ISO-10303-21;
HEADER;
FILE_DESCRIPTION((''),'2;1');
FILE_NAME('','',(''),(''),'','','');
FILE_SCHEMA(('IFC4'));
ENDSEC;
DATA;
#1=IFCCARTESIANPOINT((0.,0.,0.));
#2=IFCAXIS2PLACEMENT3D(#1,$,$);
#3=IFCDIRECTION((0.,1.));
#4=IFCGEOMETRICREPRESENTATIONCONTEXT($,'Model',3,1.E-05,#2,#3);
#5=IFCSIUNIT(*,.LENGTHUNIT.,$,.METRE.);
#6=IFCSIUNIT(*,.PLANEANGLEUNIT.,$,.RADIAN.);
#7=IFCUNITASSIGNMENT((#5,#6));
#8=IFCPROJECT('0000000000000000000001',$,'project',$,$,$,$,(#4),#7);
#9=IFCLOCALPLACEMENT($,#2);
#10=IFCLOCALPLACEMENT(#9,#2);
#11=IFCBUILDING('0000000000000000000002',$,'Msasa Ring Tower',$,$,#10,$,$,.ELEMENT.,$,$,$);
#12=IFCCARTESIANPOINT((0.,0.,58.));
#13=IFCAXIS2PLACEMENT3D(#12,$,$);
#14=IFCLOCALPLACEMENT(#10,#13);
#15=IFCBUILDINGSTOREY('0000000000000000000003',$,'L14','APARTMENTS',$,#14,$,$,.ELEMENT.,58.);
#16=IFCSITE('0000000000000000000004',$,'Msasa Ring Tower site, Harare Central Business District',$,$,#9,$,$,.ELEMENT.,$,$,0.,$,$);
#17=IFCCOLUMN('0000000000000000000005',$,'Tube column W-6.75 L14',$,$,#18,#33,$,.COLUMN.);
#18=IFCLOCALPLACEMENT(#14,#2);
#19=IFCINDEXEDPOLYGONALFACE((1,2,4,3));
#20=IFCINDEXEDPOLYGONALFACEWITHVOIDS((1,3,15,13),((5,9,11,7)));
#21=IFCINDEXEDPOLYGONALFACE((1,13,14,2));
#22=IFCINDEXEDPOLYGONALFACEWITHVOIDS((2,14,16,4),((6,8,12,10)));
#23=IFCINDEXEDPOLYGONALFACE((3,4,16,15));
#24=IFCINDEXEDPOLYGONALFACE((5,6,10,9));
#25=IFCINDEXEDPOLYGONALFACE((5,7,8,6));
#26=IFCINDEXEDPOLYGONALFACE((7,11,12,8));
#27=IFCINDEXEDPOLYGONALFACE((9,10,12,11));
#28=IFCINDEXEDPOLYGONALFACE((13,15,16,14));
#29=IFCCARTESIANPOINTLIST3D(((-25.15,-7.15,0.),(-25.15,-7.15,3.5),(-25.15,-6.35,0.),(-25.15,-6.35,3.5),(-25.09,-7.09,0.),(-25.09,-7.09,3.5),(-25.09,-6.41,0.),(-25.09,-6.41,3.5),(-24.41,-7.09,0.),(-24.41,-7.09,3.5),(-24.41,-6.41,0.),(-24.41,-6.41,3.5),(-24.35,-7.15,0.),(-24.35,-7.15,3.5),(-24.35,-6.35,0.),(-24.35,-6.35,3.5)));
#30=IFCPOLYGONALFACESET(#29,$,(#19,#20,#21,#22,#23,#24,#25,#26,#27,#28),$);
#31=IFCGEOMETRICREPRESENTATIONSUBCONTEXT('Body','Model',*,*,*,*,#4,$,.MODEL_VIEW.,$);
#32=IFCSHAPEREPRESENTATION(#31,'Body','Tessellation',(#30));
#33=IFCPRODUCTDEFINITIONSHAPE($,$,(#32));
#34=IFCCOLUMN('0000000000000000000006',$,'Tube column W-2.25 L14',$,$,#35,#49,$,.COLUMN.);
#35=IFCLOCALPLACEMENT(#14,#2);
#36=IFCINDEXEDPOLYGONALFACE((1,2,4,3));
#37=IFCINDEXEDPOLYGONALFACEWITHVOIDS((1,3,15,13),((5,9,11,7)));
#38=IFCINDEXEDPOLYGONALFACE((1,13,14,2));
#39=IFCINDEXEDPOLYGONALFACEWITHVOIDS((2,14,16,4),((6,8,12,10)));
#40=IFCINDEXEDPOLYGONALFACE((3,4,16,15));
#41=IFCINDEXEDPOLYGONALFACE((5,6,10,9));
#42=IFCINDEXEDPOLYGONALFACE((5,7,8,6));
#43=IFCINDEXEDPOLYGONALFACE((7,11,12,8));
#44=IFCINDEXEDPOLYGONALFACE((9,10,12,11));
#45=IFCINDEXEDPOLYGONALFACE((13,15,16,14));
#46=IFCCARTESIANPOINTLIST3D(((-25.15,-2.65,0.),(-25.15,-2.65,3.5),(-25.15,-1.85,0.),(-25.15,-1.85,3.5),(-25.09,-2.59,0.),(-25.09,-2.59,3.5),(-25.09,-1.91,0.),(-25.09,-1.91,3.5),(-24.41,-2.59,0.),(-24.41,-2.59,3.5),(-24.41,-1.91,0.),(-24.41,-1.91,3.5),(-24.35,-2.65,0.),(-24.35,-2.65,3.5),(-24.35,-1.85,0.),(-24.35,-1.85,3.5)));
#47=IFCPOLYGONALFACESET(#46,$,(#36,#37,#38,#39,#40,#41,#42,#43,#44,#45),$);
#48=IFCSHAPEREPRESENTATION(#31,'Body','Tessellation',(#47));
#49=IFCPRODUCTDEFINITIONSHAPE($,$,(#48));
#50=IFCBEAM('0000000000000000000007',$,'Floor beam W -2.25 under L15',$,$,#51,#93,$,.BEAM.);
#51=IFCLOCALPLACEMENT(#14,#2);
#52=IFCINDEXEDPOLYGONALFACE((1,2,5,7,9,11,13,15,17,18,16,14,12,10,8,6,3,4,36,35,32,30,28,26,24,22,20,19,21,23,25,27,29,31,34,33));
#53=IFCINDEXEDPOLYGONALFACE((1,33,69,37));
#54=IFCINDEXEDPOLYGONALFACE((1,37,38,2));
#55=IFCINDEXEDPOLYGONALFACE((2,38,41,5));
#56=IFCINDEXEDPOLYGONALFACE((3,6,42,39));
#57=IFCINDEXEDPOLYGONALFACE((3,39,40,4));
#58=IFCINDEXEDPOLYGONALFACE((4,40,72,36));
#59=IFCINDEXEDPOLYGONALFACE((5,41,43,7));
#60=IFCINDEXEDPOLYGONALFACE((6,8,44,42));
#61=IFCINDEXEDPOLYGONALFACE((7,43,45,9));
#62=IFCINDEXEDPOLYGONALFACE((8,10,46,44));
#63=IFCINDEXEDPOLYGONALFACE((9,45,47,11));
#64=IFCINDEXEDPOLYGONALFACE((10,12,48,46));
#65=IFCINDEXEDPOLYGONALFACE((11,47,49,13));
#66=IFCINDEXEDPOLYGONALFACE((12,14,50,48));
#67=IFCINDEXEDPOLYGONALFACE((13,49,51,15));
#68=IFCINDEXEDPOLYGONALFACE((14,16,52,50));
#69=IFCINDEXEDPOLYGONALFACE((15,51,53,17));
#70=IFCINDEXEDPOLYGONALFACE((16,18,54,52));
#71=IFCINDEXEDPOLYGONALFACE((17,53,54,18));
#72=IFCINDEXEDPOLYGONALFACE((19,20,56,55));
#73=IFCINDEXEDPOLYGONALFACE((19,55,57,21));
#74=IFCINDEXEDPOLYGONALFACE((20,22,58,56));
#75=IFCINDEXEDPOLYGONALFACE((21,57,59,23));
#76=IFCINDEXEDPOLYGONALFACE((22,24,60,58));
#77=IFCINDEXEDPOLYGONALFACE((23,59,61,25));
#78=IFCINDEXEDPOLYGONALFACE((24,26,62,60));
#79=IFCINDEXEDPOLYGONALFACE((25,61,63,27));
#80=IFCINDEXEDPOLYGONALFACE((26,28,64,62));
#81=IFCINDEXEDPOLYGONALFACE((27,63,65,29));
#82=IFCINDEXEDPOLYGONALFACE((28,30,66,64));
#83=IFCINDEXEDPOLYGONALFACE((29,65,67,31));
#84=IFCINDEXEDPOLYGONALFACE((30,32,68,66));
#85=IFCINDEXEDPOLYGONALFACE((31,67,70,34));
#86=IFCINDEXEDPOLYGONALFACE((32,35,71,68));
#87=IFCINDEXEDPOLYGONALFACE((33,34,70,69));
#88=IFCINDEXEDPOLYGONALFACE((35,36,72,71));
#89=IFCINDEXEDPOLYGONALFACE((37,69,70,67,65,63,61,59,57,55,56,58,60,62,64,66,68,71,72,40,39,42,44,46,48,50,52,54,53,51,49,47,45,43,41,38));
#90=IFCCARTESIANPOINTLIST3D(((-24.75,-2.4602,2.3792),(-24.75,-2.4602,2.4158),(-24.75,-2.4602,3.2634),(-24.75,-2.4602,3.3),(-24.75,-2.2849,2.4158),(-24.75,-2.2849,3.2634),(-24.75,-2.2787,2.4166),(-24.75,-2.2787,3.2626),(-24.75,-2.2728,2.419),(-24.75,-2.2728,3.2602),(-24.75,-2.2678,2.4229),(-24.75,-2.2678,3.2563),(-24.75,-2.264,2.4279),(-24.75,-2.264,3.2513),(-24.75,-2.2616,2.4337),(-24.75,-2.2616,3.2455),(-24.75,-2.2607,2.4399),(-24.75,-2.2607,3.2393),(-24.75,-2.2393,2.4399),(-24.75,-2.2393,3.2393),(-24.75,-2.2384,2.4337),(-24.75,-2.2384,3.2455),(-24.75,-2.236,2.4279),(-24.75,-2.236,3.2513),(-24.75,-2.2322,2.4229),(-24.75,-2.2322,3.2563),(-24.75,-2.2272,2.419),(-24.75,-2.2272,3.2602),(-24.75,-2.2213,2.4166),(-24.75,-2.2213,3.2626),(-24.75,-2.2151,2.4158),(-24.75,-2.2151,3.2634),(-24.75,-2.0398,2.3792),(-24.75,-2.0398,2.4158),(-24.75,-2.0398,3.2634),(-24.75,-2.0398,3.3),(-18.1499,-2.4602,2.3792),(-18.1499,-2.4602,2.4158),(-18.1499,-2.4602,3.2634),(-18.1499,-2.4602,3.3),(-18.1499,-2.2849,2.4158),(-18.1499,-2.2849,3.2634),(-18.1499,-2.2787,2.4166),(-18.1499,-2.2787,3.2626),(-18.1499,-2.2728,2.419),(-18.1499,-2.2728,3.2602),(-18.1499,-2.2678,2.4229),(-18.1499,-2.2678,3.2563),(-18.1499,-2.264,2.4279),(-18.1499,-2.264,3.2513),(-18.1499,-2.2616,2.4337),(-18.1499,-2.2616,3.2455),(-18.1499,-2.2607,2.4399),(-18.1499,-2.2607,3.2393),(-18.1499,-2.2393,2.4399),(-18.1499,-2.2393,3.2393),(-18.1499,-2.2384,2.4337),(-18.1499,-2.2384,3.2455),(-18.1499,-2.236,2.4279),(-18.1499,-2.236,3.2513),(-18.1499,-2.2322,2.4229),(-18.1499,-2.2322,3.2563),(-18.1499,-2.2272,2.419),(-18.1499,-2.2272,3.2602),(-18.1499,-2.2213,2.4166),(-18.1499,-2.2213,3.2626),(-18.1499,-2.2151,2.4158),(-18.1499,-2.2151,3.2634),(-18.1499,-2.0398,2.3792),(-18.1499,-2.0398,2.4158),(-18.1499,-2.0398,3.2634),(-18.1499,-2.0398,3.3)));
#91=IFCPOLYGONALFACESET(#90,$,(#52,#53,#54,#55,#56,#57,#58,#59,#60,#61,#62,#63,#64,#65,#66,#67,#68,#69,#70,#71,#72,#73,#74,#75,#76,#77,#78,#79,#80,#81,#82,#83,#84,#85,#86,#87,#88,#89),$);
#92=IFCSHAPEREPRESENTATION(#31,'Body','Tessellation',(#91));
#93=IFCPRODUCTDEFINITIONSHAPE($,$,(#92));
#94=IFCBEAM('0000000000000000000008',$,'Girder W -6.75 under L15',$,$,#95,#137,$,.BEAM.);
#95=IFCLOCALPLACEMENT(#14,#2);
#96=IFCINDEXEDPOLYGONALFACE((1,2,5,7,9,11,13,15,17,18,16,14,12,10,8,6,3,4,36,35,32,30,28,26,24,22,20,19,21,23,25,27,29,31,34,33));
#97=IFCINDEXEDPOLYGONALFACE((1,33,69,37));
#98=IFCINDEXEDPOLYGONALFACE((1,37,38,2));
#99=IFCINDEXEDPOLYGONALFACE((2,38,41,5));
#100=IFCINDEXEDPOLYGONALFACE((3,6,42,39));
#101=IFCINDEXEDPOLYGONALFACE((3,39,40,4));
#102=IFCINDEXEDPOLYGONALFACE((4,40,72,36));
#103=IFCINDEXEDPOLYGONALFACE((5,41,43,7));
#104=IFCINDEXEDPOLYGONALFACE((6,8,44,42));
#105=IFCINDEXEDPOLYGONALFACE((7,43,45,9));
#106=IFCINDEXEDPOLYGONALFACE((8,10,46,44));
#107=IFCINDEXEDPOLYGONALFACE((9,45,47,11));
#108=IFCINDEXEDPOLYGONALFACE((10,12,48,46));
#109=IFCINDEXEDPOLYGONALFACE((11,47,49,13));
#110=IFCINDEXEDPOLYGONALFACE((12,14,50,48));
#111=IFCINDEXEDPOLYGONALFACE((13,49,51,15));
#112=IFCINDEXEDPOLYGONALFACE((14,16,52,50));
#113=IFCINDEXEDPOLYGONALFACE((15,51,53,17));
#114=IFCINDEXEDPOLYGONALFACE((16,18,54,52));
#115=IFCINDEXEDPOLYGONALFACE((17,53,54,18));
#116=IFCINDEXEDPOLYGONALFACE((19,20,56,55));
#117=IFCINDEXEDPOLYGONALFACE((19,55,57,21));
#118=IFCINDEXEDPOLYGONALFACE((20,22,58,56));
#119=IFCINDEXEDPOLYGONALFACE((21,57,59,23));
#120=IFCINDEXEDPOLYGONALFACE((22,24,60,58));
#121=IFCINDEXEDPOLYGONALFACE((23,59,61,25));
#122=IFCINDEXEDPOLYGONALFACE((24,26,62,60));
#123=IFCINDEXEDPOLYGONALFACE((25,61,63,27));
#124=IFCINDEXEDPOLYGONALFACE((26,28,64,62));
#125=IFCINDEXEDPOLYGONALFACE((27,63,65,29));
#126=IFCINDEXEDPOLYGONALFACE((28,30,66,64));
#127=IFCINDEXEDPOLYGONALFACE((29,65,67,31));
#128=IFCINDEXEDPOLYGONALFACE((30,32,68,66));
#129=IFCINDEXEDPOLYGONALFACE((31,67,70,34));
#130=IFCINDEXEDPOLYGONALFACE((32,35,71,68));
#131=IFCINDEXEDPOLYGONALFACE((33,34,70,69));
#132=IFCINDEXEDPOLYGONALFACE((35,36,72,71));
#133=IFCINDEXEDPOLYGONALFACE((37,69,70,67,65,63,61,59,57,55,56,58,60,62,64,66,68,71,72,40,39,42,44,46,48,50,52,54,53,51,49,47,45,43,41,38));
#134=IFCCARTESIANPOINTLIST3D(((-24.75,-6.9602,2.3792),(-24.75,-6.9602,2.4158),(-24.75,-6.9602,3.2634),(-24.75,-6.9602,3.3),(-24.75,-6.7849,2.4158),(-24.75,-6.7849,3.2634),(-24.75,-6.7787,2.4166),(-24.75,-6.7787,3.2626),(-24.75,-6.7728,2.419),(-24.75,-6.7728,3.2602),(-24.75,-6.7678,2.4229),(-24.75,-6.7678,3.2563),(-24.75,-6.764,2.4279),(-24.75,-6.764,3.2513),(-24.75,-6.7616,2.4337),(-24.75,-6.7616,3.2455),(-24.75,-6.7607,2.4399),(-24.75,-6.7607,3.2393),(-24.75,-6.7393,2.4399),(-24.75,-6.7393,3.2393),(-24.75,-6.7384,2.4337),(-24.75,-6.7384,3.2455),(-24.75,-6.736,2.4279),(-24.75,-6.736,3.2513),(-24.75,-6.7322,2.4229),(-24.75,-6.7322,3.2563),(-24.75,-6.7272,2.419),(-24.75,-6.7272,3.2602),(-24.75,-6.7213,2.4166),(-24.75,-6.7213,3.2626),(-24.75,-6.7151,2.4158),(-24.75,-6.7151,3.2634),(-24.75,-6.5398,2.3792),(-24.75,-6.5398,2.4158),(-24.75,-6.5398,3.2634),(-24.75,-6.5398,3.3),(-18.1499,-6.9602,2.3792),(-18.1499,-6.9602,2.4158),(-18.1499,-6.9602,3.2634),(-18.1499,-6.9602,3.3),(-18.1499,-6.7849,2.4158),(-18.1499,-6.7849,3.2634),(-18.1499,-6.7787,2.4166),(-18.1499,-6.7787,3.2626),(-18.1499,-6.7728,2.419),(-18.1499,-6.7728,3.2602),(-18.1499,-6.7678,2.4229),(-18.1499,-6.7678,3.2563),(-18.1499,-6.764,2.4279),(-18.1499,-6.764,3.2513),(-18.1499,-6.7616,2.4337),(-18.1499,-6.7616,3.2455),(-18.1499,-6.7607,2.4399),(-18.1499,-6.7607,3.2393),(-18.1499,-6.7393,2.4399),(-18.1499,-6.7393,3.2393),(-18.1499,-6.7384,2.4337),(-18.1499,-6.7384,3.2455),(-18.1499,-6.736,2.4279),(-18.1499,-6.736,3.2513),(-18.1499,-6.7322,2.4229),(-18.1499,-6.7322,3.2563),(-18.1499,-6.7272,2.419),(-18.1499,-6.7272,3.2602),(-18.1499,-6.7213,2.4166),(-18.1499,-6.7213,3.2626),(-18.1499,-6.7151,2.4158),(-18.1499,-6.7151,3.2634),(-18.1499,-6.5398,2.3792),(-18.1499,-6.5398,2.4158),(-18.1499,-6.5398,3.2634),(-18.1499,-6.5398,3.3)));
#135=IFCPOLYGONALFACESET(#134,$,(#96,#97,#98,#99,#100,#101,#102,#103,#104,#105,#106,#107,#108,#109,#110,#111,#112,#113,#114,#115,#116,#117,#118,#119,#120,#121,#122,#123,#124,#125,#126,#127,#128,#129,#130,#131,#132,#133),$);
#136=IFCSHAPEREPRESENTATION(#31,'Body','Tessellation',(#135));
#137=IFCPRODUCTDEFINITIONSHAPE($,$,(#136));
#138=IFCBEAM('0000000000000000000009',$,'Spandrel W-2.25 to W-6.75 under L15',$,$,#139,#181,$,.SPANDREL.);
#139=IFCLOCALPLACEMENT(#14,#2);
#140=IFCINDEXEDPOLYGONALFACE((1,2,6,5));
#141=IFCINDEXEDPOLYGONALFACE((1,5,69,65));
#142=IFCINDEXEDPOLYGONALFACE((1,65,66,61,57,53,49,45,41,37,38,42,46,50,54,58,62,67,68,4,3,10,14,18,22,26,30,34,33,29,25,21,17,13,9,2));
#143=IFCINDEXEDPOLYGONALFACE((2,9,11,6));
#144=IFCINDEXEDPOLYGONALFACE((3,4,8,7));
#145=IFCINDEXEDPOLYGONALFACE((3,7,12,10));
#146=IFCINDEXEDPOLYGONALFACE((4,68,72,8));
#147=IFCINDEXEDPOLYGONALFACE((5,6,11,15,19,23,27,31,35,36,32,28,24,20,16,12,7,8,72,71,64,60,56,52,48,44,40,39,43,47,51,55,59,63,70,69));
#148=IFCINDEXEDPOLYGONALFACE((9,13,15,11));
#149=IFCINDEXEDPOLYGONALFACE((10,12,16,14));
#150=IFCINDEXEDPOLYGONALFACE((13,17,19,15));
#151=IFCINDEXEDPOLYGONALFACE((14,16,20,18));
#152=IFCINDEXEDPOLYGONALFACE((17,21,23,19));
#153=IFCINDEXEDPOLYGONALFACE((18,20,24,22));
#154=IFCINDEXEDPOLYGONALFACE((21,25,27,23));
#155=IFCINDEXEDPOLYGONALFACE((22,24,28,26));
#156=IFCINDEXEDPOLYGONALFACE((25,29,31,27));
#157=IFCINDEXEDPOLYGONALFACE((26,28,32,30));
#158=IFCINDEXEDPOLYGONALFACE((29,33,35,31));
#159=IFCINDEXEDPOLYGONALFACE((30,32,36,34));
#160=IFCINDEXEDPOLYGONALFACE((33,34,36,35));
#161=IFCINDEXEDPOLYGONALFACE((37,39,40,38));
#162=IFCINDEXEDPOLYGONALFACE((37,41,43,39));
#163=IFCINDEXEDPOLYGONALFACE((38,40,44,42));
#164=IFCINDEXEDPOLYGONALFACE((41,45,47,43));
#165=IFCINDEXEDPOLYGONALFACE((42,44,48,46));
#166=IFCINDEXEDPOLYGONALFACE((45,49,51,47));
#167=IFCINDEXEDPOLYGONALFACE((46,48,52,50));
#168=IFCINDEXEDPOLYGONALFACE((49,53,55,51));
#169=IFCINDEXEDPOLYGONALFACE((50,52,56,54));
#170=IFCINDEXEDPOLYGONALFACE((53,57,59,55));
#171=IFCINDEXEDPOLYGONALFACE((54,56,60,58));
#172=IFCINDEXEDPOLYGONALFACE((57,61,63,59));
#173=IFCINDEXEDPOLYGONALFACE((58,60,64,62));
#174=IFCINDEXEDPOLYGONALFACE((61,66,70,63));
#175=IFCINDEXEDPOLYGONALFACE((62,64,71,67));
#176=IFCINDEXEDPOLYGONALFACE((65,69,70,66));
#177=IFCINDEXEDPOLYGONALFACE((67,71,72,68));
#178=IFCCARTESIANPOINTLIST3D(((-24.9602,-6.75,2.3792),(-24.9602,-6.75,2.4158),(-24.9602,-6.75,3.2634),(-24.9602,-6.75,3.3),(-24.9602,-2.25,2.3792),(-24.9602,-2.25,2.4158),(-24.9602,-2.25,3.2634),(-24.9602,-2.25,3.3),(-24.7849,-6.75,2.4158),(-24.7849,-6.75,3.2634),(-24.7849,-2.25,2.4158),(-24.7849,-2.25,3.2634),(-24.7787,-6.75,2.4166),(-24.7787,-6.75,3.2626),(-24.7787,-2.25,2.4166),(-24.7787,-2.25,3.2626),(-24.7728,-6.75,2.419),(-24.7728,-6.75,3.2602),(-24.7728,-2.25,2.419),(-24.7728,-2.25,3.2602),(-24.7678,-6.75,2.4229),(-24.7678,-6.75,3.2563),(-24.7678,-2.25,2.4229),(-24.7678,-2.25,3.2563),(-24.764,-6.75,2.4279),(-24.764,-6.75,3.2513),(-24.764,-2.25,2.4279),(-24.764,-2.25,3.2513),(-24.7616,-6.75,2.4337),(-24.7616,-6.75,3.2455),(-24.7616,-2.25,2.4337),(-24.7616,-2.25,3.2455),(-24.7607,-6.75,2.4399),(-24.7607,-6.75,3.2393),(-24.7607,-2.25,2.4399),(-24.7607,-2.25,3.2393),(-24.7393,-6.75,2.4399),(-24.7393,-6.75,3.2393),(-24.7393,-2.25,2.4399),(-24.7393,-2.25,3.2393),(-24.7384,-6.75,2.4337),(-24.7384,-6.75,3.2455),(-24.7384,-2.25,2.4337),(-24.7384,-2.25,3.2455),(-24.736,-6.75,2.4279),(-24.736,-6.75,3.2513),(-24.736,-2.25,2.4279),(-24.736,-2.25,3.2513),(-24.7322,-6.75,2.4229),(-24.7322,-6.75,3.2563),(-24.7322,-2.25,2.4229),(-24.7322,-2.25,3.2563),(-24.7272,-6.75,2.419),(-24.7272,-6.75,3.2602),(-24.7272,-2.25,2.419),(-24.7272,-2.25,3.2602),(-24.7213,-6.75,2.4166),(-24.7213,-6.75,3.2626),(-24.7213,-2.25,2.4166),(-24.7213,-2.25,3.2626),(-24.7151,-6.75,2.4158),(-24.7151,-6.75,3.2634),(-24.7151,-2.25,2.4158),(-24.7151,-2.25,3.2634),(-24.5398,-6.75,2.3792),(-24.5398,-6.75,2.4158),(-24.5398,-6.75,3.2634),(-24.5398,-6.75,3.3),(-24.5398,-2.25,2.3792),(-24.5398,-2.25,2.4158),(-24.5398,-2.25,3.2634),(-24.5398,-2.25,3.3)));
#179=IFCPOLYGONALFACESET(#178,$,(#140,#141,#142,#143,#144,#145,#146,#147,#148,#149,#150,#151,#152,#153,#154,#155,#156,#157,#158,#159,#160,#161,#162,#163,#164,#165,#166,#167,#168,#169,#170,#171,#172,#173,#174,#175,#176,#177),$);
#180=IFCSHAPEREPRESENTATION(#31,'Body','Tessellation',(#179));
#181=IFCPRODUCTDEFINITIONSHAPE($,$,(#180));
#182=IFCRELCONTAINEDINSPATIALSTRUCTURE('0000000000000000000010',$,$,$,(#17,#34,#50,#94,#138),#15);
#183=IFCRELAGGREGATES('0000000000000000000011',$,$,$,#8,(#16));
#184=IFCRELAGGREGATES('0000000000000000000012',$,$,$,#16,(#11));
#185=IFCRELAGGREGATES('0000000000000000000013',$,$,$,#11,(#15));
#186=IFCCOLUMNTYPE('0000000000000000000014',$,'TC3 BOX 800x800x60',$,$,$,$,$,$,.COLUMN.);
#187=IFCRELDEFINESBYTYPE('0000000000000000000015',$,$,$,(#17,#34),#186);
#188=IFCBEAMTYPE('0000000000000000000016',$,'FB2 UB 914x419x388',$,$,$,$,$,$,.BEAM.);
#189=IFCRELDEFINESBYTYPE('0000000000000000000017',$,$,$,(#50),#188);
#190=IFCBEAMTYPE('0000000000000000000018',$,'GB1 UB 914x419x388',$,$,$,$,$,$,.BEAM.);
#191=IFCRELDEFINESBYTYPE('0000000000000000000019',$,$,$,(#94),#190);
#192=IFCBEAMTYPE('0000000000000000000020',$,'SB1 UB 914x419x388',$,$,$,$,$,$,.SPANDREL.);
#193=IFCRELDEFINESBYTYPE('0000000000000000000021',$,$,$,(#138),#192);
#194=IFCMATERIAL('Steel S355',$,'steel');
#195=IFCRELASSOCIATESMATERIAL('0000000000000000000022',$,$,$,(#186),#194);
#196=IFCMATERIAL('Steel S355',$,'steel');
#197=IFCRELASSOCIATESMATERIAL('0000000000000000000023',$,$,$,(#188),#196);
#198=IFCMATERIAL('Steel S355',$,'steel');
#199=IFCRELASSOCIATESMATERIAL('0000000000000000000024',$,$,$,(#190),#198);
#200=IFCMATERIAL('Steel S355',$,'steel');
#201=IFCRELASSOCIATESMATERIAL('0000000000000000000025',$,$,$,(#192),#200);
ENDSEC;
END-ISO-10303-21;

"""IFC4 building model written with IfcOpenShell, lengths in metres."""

from ifc_helpers import new_model, si_unit, direction, frame, origin, origin_2d, place, context, subcontext, project, spatial, hollow_rectangle, i_section, extrude, material, material_profile, profile_set, type_object, element, save


model = new_model("IFC4")

# Units and contexts
model_context = context("Model", 3, precision=1e-05, world=origin(), true_north=direction((0.0, 1.0)))
body_context = subcontext(model_context, "Body", "Model", "MODEL_VIEW")
ifc_project = project(units=[si_unit("LENGTHUNIT", "METRE"), si_unit("PLANEANGLEUNIT", "RADIAN")], contexts=[model_context])

# Site, building, storey
site_placement = place(None, origin())
site = spatial("IfcSite", under=ifc_project, at=site_placement, Name="Msasa Ring Tower site, Harare Central Business District", CompositionType="ELEMENT", RefElevation=0.0)
building_placement = place(site_placement, origin())
building = spatial("IfcBuilding", under=site, at=building_placement, Name="Msasa Ring Tower", CompositionType="ELEMENT")
storey_placement = place(building_placement, frame((0.0, 0.0, 58.0)))
storey = spatial("IfcBuildingStorey", under=building, at=storey_placement, Name="L14", Description="APARTMENTS", CompositionType="ELEMENT", Elevation=58.0)

# Columns
ifc_material_1 = material(Name="Steel S355", Category="steel")
ifc_material_profile_1 = material_profile(ifc_material_1, hollow_rectangle(XDim=0.8, YDim=0.8, WallThickness=0.0601, at=origin_2d()), Name="BOX 800x800x60")
ifc_profile_set_1 = profile_set([ifc_material_profile_1], Name="Steel S355")
column_type = type_object("IfcColumnType", Name="TC3 BOX 800x800x60", PredefinedType="COLUMN", material=ifc_profile_set_1)
for number, where, z_axis, x_axis, name in (
    (1, (-24.75, -6.75, 0.0), (0.0, 0.0, 1.0), (1.0, 0.0, 0.0), "Tube column W-6.75 L14"),
    (2, (-24.75, -2.25, 0.0), (0.0, 0.0, 1.0), (1.0, 0.0, 0.0), "Tube column W-2.25 L14"),
):
    element("IfcColumn", number, at=place(storey_placement, frame(where, z_axis=z_axis, x_axis=x_axis)), inside=storey, type_object=column_type, Name=name, PredefinedType="COLUMN", context=body_context, shape_type="SweptSolid", body=[
        extrude(hollow_rectangle(XDim=0.8, YDim=0.8, WallThickness=0.0601, at=origin_2d()), origin(), (0.0, 0.0, 1.0), 3.5),
    ])

# Beams
ifc_material_2 = material(Name="Steel S355", Category="steel")
ifc_material_profile_2 = material_profile(ifc_material_2, i_section(OverallWidth=0.4204, OverallDepth=0.9209, WebThickness=0.0215, FlangeThickness=0.0366, FilletRadius=0.0242, at=origin_2d()), Name="UB 914x419x388")
ifc_profile_set_2 = profile_set([ifc_material_profile_2], Name="Steel S355")
beam_type_1 = type_object("IfcBeamType", Name="FB2 UB 914x419x388", PredefinedType="BEAM", material=ifc_profile_set_2)
beam_1_placement = place(storey_placement, frame((-24.75, -2.25, 2.8396), z_axis=(1.0, 0.0, 0.0), x_axis=(0.0, 1.0, 0.0)))
element("IfcBeam", 3, at=beam_1_placement, inside=storey, type_object=beam_type_1, Name="Floor beam W -2.25 under L15", PredefinedType="BEAM", context=body_context, shape_type="SweptSolid", body=[
    extrude(i_section(OverallWidth=0.4204, OverallDepth=0.9209, WebThickness=0.0215, FlangeThickness=0.0366, FilletRadius=0.0242, at=origin_2d()), origin(), (0.0, 0.0, 1.0), 6.6001),
])
ifc_material_3 = material(Name="Steel S355", Category="steel")
ifc_material_profile_3 = material_profile(ifc_material_3, i_section(OverallWidth=0.4204, OverallDepth=0.9209, WebThickness=0.0215, FlangeThickness=0.0366, FilletRadius=0.0242, at=origin_2d()), Name="UB 914x419x388")
ifc_profile_set_3 = profile_set([ifc_material_profile_3], Name="Steel S355")
beam_type_2 = type_object("IfcBeamType", Name="GB1 UB 914x419x388", PredefinedType="BEAM", material=ifc_profile_set_3)
beam_2_placement = place(storey_placement, frame((-18.1499, -6.75, 2.8396), z_axis=(-1.0, 0.0, 0.0), x_axis=(0.0, -1.0, 0.0)))
element("IfcBeam", 4, at=beam_2_placement, inside=storey, type_object=beam_type_2, Name="Girder W -6.75 under L15", PredefinedType="BEAM", context=body_context, shape_type="SweptSolid", body=[
    extrude(i_section(OverallWidth=0.4204, OverallDepth=0.9209, WebThickness=0.0215, FlangeThickness=0.0366, FilletRadius=0.0242, at=origin_2d()), origin(), (0.0, 0.0, 1.0), 6.6001),
])
ifc_material_4 = material(Name="Steel S355", Category="steel")
ifc_material_profile_4 = material_profile(ifc_material_4, i_section(OverallWidth=0.4204, OverallDepth=0.9209, WebThickness=0.0215, FlangeThickness=0.0366, FilletRadius=0.0242, at=origin_2d()), Name="UB 914x419x388")
ifc_profile_set_4 = profile_set([ifc_material_profile_4], Name="Steel S355")
beam_type_3 = type_object("IfcBeamType", Name="SB1 UB 914x419x388", PredefinedType="SPANDREL", material=ifc_profile_set_4)
for number, where, z_axis, x_axis, name in (
    (5, (-24.75, -2.25, 2.8396), (0.0, -1.0, 0.0), (1.0, 0.0, 0.0), "Spandrel W-2.25 to W-6.75 under L15"),
):
    element("IfcBeam", number, at=place(storey_placement, frame(where, z_axis=z_axis, x_axis=x_axis)), inside=storey, type_object=beam_type_3, Name=name, PredefinedType="SPANDREL", context=body_context, shape_type="SweptSolid", body=[
        extrude(i_section(OverallWidth=0.4204, OverallDepth=0.9209, WebThickness=0.0215, FlangeThickness=0.0366, FilletRadius=0.0242, at=origin_2d()), origin(), (0.0, 0.0, 1.0), 4.5),
    ])

save(model, "model.ifc")
